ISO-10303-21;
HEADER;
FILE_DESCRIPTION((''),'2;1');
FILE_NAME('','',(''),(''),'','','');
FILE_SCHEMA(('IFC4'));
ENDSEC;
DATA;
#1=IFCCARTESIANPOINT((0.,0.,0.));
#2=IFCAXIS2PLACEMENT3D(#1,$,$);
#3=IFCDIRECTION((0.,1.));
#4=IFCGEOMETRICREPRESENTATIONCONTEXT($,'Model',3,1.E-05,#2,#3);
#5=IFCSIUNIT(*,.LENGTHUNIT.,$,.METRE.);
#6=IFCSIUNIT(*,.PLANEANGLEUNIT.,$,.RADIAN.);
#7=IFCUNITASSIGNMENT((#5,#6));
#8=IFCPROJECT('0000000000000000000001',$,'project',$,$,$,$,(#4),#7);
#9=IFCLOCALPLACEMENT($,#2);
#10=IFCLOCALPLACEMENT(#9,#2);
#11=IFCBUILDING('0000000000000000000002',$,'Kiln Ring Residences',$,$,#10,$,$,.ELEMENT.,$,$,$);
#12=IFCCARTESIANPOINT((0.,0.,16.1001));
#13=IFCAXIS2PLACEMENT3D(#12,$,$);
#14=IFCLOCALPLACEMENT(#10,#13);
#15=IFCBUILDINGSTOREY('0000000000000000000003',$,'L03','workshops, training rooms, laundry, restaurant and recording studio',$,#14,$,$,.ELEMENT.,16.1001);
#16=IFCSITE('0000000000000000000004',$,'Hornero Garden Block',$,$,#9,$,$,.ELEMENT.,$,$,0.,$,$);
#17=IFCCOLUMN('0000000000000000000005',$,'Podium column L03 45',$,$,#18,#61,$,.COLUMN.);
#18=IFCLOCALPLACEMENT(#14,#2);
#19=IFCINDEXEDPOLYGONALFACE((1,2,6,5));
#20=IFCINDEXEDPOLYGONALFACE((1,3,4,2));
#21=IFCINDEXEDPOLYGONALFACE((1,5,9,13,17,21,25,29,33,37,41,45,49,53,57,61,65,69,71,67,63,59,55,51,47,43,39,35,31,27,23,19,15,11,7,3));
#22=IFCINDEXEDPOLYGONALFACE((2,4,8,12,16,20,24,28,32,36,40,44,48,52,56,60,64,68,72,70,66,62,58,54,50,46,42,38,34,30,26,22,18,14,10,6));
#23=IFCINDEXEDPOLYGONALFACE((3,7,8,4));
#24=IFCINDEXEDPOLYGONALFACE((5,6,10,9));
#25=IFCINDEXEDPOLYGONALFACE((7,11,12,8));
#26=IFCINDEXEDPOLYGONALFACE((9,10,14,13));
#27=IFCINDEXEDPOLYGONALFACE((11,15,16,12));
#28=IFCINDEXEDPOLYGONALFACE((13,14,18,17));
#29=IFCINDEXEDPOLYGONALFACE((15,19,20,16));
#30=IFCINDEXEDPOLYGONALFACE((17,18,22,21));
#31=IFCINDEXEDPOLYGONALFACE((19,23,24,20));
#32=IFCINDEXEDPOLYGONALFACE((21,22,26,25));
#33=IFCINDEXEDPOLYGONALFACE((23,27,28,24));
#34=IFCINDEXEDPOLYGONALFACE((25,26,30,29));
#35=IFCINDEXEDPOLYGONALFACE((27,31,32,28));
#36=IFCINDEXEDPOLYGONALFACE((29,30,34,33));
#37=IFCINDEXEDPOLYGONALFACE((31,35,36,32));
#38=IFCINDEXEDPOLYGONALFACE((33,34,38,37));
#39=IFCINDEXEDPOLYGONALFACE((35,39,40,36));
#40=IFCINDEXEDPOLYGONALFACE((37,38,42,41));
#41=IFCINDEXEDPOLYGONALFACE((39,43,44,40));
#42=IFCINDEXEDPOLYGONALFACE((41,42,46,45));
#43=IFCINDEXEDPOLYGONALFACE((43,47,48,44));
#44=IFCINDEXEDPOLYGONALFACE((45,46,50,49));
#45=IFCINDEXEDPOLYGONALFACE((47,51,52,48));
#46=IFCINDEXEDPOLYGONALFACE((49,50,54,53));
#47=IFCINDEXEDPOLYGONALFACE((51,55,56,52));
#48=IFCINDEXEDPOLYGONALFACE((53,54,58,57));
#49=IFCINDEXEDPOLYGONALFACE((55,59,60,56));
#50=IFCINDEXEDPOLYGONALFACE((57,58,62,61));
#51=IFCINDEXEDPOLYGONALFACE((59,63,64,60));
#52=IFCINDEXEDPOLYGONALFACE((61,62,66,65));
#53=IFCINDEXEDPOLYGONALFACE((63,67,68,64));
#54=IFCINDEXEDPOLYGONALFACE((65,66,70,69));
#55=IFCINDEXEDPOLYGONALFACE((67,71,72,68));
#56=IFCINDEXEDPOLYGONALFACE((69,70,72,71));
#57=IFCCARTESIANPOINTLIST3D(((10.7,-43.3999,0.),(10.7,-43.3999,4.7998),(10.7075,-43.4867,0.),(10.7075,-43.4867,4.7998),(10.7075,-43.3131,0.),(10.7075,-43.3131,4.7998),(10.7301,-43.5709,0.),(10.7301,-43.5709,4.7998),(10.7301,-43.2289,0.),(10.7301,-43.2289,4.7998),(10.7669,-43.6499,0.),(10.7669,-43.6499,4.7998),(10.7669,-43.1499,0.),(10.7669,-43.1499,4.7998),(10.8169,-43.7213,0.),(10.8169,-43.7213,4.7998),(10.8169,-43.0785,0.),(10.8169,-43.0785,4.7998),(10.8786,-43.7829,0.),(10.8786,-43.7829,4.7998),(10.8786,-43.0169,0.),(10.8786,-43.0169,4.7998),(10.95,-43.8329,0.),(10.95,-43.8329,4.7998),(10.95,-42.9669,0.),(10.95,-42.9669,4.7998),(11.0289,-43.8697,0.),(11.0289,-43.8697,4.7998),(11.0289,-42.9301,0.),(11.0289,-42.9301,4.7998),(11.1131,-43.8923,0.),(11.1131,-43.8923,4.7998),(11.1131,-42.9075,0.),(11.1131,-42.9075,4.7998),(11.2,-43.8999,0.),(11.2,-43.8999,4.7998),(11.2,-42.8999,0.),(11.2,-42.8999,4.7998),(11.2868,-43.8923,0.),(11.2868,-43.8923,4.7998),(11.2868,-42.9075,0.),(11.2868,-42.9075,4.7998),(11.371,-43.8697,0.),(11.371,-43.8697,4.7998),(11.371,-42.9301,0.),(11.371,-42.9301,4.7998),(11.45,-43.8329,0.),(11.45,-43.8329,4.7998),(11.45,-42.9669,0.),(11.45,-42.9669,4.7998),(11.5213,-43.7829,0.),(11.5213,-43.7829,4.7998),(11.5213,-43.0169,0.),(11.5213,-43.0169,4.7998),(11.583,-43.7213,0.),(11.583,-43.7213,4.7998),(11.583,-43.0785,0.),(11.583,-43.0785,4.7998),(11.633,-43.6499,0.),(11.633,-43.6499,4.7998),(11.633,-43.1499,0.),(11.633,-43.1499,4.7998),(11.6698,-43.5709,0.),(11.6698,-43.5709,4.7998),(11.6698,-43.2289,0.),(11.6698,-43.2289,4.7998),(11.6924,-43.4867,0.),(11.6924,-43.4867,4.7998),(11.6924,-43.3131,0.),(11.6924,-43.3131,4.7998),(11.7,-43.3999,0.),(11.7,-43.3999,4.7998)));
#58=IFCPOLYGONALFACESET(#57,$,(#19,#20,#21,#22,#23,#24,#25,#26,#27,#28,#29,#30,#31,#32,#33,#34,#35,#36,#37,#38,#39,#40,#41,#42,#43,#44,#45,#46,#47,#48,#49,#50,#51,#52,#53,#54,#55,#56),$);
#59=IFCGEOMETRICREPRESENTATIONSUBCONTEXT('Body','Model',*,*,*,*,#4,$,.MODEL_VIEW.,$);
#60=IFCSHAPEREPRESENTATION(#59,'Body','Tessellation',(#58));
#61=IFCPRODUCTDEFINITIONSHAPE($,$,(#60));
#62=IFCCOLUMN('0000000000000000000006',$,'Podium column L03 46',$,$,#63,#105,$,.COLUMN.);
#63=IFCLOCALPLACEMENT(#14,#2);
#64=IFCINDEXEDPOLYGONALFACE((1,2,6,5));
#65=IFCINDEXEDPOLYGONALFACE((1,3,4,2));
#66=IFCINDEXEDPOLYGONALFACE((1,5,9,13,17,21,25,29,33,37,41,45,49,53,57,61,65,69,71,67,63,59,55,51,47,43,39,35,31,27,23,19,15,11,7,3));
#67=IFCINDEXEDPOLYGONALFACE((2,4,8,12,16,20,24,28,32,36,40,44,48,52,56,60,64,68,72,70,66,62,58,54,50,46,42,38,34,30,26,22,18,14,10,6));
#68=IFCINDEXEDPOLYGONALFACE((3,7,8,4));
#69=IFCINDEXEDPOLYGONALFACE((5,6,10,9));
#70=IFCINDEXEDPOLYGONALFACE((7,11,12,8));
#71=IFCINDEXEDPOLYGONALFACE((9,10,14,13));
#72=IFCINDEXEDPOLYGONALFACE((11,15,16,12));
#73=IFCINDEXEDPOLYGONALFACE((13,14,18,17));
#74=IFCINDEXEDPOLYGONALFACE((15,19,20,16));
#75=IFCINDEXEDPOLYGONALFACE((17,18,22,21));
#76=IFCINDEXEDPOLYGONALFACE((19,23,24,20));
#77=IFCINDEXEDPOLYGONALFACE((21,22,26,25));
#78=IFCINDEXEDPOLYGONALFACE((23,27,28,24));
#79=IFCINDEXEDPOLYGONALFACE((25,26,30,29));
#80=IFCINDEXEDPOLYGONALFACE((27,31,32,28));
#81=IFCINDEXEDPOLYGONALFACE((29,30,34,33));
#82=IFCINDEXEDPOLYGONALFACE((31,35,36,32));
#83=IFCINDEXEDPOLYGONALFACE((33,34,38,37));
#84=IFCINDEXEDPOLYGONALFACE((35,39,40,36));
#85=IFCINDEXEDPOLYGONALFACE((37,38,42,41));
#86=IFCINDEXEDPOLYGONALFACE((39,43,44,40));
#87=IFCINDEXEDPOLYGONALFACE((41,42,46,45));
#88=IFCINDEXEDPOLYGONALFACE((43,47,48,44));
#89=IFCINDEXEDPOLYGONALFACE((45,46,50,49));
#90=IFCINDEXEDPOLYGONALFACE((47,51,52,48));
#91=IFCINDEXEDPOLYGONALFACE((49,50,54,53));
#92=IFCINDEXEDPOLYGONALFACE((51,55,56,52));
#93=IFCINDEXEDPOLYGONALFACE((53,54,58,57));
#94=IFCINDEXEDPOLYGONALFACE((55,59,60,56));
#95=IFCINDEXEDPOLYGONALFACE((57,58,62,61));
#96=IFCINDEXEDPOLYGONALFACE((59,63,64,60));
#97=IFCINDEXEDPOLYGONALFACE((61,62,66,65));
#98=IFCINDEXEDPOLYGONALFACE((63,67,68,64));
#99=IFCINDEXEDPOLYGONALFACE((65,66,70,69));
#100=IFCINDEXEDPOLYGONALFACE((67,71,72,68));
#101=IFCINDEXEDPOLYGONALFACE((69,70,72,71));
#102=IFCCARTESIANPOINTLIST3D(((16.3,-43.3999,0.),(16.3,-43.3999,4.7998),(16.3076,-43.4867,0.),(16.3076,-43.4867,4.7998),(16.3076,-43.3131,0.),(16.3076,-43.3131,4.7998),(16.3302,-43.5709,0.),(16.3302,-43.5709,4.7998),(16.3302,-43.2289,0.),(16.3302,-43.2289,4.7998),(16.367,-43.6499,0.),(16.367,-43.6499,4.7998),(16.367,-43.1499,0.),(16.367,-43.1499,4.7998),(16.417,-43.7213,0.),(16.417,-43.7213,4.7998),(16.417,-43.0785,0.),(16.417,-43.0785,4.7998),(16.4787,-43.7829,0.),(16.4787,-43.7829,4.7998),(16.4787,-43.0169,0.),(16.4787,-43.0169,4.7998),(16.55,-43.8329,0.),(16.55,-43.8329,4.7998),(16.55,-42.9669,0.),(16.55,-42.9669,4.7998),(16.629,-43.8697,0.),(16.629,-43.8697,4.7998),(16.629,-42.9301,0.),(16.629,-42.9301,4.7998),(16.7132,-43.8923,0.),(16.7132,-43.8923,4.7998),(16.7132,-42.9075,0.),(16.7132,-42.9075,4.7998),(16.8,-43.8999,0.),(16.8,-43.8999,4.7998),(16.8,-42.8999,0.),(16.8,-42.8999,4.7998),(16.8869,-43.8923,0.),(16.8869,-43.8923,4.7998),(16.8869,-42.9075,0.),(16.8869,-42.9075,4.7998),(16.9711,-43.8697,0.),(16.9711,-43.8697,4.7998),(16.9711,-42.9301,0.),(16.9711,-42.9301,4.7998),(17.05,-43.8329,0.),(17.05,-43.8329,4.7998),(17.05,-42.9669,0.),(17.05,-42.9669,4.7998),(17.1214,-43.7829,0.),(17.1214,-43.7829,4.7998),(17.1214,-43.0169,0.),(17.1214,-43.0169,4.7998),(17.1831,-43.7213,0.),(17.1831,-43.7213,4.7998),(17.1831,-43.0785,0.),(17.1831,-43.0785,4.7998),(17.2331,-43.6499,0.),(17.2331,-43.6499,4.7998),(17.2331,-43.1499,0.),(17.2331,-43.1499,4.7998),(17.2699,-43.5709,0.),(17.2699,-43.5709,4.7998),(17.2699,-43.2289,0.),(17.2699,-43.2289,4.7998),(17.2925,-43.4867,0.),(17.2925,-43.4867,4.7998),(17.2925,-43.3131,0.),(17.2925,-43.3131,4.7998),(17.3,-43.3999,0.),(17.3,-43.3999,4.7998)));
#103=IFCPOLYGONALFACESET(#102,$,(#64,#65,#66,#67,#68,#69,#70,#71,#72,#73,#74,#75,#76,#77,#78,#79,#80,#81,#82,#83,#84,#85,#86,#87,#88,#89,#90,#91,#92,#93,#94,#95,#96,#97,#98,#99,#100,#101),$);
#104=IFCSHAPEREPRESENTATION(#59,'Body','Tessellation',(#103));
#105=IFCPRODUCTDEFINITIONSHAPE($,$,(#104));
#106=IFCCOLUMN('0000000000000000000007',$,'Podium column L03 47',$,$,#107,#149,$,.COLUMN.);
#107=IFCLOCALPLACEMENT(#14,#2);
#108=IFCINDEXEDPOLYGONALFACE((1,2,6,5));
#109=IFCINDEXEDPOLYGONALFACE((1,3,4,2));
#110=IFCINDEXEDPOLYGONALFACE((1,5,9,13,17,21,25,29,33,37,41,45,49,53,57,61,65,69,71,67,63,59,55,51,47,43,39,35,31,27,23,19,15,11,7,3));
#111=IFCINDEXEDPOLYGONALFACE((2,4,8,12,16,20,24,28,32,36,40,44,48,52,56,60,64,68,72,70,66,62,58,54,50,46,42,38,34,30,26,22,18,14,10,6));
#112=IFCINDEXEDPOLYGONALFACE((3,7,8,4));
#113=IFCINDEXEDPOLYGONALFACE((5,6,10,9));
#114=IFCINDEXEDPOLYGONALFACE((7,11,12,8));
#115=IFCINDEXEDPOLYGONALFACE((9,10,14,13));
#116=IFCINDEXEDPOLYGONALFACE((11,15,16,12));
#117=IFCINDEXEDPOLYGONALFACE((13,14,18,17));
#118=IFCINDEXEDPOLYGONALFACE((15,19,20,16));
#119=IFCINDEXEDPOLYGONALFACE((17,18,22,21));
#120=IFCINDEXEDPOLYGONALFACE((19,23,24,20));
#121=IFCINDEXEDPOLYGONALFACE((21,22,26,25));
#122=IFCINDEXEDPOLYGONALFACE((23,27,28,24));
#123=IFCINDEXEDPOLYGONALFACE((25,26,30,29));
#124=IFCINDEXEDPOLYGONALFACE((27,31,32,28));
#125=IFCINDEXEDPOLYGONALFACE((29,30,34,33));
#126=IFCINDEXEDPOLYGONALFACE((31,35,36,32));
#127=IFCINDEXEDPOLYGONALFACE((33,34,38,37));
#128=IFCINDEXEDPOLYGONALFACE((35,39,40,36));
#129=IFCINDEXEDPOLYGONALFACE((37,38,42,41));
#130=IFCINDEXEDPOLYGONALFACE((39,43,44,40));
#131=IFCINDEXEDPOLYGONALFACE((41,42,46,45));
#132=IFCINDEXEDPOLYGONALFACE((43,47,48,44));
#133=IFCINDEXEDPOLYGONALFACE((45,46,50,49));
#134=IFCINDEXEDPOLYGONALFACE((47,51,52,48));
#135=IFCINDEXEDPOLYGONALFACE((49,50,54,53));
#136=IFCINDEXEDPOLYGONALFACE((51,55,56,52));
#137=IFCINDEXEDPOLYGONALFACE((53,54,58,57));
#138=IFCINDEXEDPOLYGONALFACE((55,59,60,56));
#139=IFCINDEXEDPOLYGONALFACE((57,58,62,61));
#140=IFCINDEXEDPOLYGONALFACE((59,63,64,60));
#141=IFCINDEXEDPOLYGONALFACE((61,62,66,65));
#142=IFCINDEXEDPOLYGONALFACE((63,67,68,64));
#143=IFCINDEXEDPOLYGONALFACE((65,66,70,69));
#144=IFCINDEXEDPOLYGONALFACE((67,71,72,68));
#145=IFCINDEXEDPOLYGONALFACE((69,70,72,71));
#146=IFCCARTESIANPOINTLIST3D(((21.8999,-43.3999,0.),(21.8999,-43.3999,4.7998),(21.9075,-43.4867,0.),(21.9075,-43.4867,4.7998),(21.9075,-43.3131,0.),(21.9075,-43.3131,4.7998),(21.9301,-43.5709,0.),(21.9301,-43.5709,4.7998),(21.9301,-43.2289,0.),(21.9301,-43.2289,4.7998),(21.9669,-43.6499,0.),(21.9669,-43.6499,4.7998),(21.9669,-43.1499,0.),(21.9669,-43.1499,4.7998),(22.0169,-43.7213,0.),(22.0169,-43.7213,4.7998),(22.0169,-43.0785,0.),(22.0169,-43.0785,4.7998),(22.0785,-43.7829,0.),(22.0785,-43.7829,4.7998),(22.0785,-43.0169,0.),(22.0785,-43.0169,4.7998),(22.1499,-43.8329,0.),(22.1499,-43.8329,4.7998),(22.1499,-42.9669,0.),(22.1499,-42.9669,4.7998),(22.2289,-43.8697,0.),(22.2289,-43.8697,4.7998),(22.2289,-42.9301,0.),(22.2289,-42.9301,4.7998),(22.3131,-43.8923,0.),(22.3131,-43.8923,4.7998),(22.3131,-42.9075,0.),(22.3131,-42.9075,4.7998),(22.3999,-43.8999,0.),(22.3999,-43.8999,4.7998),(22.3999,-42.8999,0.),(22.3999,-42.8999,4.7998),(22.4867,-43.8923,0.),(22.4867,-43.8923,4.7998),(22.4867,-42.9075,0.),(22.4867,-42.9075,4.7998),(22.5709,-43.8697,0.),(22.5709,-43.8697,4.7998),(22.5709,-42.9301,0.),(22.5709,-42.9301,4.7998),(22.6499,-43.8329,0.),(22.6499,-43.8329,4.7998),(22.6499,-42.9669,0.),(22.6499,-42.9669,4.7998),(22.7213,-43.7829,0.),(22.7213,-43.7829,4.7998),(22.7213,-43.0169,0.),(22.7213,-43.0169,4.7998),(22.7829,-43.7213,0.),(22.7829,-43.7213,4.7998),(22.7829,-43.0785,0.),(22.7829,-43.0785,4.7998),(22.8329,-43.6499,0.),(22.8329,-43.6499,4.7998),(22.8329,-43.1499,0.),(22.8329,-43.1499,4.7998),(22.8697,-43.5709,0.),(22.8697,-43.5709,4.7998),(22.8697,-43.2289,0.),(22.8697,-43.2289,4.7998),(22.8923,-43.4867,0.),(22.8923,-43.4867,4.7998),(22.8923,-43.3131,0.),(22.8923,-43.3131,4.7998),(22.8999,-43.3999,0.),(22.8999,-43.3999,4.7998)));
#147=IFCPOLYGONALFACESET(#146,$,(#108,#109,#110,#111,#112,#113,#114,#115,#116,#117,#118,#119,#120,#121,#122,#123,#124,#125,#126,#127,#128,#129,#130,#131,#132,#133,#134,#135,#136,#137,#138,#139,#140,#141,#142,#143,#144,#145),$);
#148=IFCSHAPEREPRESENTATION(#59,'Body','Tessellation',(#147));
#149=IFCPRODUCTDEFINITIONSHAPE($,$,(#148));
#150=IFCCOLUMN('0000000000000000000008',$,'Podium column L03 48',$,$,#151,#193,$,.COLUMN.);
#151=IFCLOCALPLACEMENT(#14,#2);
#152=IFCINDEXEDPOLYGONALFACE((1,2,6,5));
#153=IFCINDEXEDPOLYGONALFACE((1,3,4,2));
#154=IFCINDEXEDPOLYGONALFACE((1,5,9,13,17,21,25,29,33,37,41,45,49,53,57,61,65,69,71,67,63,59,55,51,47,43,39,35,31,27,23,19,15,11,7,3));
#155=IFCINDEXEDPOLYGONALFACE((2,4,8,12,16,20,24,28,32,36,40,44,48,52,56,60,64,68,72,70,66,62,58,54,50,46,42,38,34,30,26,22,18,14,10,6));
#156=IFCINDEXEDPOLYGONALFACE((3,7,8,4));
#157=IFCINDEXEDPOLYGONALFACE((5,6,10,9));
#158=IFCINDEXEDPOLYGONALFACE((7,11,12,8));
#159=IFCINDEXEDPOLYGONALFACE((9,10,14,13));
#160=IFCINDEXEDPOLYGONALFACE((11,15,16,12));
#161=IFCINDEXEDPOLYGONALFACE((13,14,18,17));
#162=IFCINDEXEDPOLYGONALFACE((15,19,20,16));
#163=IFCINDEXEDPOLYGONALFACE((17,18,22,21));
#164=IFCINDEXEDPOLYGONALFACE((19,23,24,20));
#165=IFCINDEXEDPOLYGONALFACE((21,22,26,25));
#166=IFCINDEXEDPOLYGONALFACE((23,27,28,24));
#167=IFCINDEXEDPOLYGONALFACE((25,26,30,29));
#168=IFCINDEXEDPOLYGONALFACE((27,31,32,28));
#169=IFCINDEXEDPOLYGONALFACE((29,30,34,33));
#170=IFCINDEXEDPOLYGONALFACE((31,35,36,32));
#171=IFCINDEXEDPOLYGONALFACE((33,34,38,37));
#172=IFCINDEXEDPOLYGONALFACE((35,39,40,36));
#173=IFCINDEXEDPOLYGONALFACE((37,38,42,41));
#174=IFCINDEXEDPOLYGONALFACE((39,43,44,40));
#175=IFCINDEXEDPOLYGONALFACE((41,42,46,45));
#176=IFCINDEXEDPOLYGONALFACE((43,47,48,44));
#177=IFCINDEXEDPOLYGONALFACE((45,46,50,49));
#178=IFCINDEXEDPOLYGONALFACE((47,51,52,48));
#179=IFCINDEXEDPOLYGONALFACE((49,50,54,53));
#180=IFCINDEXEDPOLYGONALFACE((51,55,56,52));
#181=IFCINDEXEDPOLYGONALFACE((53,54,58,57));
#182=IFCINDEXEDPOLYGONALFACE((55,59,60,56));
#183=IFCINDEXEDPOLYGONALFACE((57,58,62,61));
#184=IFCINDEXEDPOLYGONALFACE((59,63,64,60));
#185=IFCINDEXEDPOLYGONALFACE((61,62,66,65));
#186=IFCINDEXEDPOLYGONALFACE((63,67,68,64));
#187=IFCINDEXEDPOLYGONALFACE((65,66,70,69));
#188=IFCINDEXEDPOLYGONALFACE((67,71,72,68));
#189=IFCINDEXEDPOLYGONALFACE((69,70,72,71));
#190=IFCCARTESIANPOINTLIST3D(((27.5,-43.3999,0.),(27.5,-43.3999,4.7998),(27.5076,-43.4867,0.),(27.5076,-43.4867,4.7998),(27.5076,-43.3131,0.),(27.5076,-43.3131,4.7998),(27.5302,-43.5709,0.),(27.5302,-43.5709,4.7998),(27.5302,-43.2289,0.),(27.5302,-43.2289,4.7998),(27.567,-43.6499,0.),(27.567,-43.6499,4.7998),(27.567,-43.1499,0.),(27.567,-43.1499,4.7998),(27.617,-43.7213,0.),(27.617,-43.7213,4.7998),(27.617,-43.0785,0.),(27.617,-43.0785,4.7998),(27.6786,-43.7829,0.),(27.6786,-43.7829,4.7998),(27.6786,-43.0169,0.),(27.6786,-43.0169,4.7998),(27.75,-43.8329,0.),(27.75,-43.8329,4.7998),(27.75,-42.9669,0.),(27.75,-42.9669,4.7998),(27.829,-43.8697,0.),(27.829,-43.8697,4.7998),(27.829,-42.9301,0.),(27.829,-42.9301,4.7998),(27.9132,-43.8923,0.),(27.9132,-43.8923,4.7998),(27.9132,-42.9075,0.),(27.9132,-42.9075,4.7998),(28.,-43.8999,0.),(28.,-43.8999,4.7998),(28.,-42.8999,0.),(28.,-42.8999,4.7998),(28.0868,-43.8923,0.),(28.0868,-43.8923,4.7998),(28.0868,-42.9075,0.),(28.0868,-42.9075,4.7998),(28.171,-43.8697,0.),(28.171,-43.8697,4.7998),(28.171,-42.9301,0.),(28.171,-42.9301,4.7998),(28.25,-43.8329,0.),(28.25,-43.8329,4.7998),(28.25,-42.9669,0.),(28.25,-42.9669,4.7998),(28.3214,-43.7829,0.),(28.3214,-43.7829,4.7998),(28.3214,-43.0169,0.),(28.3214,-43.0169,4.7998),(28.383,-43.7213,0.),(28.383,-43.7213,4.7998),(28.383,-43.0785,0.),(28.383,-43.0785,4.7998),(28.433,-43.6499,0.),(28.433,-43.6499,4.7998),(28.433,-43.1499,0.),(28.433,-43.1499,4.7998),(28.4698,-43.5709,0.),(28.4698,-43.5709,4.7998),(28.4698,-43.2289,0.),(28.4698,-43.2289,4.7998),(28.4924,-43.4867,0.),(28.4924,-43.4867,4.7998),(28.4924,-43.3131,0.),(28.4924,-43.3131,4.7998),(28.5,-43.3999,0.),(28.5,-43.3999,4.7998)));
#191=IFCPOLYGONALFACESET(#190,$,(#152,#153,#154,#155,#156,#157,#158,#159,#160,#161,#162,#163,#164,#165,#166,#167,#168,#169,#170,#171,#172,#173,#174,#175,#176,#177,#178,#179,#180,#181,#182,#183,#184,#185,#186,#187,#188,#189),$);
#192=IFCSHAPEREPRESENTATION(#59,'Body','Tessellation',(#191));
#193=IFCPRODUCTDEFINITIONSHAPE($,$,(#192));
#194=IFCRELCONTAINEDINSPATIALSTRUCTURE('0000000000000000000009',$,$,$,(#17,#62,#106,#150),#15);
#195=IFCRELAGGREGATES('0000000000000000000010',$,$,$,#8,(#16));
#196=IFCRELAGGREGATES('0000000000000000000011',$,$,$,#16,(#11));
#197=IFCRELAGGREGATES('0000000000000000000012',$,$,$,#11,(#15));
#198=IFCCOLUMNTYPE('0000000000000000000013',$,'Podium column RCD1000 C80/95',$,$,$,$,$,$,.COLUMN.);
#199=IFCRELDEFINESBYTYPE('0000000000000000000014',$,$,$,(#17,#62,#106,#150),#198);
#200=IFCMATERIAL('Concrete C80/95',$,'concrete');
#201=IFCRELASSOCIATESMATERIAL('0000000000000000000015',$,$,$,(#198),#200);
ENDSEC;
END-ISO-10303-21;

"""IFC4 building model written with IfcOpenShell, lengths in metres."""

from ifc_helpers import new_model, si_unit, direction, frame, origin, origin_2d, place, context, subcontext, project, spatial, circle, extrude, material, material_profile, profile_set, type_object, element, save


model = new_model("IFC4")

# Units and contexts
model_context = context("Model", 3, precision=1e-05, world=origin(), true_north=direction((0.0, 1.0)))
body_context = subcontext(model_context, "Body", "Model", "MODEL_VIEW")
ifc_project = project(units=[si_unit("LENGTHUNIT", "METRE"), si_unit("PLANEANGLEUNIT", "RADIAN")], contexts=[model_context])

# Site, building, storey
site_placement = place(None, origin())
site = spatial("IfcSite", under=ifc_project, at=site_placement, Name="Hornero Garden Block", CompositionType="ELEMENT", RefElevation=0.0)
building_placement = place(site_placement, origin())
building = spatial("IfcBuilding", under=site, at=building_placement, Name="Kiln Ring Residences", CompositionType="ELEMENT")
storey_placement = place(building_placement, frame((0.0, 0.0, 16.1001)))
storey = spatial("IfcBuildingStorey", under=building, at=storey_placement, Name="L03", Description="workshops, training rooms, laundry, restaurant and recording studio", CompositionType="ELEMENT", Elevation=16.1001)

# Columns
ifc_material_1 = material(Name="Concrete C80/95", Category="concrete")
ifc_material_profile_1 = material_profile(ifc_material_1, circle(Radius=0.5, at=origin_2d()), Name="RCD1000")
ifc_profile_set_1 = profile_set([ifc_material_profile_1], Name="Concrete C80/95")
column_type_1 = type_object("IfcColumnType", Name="Podium column RCD1000 C80/95", PredefinedType="COLUMN", material=ifc_profile_set_1)
for number, where, z_axis, x_axis, name in (
    (1, (11.2, -43.3999, 0.0), (0.0, 0.0, 1.0), (1.0, 0.0, 0.0), "Podium column L03 45"),
    (2, (16.8, -43.3999, 0.0), (0.0, 0.0, 1.0), (1.0, 0.0, 0.0), "Podium column L03 46"),
    (3, (22.3999, -43.3999, 0.0), (0.0, 0.0, 1.0), (1.0, 0.0, 0.0), "Podium column L03 47"),
    (4, (28.0, -43.3999, 0.0), (0.0, 0.0, 1.0), (1.0, 0.0, 0.0), "Podium column L03 48"),
):
    element("IfcColumn", number, at=place(storey_placement, frame(where, z_axis=z_axis, x_axis=x_axis)), inside=storey, type_object=column_type_1, Name=name, PredefinedType="COLUMN", context=body_context, shape_type="SweptSolid", body=[
        extrude(circle(Radius=0.5, at=origin_2d()), origin(), (0.0, 0.0, 1.0), 4.7998),
    ])

save(model, "model.ifc")
